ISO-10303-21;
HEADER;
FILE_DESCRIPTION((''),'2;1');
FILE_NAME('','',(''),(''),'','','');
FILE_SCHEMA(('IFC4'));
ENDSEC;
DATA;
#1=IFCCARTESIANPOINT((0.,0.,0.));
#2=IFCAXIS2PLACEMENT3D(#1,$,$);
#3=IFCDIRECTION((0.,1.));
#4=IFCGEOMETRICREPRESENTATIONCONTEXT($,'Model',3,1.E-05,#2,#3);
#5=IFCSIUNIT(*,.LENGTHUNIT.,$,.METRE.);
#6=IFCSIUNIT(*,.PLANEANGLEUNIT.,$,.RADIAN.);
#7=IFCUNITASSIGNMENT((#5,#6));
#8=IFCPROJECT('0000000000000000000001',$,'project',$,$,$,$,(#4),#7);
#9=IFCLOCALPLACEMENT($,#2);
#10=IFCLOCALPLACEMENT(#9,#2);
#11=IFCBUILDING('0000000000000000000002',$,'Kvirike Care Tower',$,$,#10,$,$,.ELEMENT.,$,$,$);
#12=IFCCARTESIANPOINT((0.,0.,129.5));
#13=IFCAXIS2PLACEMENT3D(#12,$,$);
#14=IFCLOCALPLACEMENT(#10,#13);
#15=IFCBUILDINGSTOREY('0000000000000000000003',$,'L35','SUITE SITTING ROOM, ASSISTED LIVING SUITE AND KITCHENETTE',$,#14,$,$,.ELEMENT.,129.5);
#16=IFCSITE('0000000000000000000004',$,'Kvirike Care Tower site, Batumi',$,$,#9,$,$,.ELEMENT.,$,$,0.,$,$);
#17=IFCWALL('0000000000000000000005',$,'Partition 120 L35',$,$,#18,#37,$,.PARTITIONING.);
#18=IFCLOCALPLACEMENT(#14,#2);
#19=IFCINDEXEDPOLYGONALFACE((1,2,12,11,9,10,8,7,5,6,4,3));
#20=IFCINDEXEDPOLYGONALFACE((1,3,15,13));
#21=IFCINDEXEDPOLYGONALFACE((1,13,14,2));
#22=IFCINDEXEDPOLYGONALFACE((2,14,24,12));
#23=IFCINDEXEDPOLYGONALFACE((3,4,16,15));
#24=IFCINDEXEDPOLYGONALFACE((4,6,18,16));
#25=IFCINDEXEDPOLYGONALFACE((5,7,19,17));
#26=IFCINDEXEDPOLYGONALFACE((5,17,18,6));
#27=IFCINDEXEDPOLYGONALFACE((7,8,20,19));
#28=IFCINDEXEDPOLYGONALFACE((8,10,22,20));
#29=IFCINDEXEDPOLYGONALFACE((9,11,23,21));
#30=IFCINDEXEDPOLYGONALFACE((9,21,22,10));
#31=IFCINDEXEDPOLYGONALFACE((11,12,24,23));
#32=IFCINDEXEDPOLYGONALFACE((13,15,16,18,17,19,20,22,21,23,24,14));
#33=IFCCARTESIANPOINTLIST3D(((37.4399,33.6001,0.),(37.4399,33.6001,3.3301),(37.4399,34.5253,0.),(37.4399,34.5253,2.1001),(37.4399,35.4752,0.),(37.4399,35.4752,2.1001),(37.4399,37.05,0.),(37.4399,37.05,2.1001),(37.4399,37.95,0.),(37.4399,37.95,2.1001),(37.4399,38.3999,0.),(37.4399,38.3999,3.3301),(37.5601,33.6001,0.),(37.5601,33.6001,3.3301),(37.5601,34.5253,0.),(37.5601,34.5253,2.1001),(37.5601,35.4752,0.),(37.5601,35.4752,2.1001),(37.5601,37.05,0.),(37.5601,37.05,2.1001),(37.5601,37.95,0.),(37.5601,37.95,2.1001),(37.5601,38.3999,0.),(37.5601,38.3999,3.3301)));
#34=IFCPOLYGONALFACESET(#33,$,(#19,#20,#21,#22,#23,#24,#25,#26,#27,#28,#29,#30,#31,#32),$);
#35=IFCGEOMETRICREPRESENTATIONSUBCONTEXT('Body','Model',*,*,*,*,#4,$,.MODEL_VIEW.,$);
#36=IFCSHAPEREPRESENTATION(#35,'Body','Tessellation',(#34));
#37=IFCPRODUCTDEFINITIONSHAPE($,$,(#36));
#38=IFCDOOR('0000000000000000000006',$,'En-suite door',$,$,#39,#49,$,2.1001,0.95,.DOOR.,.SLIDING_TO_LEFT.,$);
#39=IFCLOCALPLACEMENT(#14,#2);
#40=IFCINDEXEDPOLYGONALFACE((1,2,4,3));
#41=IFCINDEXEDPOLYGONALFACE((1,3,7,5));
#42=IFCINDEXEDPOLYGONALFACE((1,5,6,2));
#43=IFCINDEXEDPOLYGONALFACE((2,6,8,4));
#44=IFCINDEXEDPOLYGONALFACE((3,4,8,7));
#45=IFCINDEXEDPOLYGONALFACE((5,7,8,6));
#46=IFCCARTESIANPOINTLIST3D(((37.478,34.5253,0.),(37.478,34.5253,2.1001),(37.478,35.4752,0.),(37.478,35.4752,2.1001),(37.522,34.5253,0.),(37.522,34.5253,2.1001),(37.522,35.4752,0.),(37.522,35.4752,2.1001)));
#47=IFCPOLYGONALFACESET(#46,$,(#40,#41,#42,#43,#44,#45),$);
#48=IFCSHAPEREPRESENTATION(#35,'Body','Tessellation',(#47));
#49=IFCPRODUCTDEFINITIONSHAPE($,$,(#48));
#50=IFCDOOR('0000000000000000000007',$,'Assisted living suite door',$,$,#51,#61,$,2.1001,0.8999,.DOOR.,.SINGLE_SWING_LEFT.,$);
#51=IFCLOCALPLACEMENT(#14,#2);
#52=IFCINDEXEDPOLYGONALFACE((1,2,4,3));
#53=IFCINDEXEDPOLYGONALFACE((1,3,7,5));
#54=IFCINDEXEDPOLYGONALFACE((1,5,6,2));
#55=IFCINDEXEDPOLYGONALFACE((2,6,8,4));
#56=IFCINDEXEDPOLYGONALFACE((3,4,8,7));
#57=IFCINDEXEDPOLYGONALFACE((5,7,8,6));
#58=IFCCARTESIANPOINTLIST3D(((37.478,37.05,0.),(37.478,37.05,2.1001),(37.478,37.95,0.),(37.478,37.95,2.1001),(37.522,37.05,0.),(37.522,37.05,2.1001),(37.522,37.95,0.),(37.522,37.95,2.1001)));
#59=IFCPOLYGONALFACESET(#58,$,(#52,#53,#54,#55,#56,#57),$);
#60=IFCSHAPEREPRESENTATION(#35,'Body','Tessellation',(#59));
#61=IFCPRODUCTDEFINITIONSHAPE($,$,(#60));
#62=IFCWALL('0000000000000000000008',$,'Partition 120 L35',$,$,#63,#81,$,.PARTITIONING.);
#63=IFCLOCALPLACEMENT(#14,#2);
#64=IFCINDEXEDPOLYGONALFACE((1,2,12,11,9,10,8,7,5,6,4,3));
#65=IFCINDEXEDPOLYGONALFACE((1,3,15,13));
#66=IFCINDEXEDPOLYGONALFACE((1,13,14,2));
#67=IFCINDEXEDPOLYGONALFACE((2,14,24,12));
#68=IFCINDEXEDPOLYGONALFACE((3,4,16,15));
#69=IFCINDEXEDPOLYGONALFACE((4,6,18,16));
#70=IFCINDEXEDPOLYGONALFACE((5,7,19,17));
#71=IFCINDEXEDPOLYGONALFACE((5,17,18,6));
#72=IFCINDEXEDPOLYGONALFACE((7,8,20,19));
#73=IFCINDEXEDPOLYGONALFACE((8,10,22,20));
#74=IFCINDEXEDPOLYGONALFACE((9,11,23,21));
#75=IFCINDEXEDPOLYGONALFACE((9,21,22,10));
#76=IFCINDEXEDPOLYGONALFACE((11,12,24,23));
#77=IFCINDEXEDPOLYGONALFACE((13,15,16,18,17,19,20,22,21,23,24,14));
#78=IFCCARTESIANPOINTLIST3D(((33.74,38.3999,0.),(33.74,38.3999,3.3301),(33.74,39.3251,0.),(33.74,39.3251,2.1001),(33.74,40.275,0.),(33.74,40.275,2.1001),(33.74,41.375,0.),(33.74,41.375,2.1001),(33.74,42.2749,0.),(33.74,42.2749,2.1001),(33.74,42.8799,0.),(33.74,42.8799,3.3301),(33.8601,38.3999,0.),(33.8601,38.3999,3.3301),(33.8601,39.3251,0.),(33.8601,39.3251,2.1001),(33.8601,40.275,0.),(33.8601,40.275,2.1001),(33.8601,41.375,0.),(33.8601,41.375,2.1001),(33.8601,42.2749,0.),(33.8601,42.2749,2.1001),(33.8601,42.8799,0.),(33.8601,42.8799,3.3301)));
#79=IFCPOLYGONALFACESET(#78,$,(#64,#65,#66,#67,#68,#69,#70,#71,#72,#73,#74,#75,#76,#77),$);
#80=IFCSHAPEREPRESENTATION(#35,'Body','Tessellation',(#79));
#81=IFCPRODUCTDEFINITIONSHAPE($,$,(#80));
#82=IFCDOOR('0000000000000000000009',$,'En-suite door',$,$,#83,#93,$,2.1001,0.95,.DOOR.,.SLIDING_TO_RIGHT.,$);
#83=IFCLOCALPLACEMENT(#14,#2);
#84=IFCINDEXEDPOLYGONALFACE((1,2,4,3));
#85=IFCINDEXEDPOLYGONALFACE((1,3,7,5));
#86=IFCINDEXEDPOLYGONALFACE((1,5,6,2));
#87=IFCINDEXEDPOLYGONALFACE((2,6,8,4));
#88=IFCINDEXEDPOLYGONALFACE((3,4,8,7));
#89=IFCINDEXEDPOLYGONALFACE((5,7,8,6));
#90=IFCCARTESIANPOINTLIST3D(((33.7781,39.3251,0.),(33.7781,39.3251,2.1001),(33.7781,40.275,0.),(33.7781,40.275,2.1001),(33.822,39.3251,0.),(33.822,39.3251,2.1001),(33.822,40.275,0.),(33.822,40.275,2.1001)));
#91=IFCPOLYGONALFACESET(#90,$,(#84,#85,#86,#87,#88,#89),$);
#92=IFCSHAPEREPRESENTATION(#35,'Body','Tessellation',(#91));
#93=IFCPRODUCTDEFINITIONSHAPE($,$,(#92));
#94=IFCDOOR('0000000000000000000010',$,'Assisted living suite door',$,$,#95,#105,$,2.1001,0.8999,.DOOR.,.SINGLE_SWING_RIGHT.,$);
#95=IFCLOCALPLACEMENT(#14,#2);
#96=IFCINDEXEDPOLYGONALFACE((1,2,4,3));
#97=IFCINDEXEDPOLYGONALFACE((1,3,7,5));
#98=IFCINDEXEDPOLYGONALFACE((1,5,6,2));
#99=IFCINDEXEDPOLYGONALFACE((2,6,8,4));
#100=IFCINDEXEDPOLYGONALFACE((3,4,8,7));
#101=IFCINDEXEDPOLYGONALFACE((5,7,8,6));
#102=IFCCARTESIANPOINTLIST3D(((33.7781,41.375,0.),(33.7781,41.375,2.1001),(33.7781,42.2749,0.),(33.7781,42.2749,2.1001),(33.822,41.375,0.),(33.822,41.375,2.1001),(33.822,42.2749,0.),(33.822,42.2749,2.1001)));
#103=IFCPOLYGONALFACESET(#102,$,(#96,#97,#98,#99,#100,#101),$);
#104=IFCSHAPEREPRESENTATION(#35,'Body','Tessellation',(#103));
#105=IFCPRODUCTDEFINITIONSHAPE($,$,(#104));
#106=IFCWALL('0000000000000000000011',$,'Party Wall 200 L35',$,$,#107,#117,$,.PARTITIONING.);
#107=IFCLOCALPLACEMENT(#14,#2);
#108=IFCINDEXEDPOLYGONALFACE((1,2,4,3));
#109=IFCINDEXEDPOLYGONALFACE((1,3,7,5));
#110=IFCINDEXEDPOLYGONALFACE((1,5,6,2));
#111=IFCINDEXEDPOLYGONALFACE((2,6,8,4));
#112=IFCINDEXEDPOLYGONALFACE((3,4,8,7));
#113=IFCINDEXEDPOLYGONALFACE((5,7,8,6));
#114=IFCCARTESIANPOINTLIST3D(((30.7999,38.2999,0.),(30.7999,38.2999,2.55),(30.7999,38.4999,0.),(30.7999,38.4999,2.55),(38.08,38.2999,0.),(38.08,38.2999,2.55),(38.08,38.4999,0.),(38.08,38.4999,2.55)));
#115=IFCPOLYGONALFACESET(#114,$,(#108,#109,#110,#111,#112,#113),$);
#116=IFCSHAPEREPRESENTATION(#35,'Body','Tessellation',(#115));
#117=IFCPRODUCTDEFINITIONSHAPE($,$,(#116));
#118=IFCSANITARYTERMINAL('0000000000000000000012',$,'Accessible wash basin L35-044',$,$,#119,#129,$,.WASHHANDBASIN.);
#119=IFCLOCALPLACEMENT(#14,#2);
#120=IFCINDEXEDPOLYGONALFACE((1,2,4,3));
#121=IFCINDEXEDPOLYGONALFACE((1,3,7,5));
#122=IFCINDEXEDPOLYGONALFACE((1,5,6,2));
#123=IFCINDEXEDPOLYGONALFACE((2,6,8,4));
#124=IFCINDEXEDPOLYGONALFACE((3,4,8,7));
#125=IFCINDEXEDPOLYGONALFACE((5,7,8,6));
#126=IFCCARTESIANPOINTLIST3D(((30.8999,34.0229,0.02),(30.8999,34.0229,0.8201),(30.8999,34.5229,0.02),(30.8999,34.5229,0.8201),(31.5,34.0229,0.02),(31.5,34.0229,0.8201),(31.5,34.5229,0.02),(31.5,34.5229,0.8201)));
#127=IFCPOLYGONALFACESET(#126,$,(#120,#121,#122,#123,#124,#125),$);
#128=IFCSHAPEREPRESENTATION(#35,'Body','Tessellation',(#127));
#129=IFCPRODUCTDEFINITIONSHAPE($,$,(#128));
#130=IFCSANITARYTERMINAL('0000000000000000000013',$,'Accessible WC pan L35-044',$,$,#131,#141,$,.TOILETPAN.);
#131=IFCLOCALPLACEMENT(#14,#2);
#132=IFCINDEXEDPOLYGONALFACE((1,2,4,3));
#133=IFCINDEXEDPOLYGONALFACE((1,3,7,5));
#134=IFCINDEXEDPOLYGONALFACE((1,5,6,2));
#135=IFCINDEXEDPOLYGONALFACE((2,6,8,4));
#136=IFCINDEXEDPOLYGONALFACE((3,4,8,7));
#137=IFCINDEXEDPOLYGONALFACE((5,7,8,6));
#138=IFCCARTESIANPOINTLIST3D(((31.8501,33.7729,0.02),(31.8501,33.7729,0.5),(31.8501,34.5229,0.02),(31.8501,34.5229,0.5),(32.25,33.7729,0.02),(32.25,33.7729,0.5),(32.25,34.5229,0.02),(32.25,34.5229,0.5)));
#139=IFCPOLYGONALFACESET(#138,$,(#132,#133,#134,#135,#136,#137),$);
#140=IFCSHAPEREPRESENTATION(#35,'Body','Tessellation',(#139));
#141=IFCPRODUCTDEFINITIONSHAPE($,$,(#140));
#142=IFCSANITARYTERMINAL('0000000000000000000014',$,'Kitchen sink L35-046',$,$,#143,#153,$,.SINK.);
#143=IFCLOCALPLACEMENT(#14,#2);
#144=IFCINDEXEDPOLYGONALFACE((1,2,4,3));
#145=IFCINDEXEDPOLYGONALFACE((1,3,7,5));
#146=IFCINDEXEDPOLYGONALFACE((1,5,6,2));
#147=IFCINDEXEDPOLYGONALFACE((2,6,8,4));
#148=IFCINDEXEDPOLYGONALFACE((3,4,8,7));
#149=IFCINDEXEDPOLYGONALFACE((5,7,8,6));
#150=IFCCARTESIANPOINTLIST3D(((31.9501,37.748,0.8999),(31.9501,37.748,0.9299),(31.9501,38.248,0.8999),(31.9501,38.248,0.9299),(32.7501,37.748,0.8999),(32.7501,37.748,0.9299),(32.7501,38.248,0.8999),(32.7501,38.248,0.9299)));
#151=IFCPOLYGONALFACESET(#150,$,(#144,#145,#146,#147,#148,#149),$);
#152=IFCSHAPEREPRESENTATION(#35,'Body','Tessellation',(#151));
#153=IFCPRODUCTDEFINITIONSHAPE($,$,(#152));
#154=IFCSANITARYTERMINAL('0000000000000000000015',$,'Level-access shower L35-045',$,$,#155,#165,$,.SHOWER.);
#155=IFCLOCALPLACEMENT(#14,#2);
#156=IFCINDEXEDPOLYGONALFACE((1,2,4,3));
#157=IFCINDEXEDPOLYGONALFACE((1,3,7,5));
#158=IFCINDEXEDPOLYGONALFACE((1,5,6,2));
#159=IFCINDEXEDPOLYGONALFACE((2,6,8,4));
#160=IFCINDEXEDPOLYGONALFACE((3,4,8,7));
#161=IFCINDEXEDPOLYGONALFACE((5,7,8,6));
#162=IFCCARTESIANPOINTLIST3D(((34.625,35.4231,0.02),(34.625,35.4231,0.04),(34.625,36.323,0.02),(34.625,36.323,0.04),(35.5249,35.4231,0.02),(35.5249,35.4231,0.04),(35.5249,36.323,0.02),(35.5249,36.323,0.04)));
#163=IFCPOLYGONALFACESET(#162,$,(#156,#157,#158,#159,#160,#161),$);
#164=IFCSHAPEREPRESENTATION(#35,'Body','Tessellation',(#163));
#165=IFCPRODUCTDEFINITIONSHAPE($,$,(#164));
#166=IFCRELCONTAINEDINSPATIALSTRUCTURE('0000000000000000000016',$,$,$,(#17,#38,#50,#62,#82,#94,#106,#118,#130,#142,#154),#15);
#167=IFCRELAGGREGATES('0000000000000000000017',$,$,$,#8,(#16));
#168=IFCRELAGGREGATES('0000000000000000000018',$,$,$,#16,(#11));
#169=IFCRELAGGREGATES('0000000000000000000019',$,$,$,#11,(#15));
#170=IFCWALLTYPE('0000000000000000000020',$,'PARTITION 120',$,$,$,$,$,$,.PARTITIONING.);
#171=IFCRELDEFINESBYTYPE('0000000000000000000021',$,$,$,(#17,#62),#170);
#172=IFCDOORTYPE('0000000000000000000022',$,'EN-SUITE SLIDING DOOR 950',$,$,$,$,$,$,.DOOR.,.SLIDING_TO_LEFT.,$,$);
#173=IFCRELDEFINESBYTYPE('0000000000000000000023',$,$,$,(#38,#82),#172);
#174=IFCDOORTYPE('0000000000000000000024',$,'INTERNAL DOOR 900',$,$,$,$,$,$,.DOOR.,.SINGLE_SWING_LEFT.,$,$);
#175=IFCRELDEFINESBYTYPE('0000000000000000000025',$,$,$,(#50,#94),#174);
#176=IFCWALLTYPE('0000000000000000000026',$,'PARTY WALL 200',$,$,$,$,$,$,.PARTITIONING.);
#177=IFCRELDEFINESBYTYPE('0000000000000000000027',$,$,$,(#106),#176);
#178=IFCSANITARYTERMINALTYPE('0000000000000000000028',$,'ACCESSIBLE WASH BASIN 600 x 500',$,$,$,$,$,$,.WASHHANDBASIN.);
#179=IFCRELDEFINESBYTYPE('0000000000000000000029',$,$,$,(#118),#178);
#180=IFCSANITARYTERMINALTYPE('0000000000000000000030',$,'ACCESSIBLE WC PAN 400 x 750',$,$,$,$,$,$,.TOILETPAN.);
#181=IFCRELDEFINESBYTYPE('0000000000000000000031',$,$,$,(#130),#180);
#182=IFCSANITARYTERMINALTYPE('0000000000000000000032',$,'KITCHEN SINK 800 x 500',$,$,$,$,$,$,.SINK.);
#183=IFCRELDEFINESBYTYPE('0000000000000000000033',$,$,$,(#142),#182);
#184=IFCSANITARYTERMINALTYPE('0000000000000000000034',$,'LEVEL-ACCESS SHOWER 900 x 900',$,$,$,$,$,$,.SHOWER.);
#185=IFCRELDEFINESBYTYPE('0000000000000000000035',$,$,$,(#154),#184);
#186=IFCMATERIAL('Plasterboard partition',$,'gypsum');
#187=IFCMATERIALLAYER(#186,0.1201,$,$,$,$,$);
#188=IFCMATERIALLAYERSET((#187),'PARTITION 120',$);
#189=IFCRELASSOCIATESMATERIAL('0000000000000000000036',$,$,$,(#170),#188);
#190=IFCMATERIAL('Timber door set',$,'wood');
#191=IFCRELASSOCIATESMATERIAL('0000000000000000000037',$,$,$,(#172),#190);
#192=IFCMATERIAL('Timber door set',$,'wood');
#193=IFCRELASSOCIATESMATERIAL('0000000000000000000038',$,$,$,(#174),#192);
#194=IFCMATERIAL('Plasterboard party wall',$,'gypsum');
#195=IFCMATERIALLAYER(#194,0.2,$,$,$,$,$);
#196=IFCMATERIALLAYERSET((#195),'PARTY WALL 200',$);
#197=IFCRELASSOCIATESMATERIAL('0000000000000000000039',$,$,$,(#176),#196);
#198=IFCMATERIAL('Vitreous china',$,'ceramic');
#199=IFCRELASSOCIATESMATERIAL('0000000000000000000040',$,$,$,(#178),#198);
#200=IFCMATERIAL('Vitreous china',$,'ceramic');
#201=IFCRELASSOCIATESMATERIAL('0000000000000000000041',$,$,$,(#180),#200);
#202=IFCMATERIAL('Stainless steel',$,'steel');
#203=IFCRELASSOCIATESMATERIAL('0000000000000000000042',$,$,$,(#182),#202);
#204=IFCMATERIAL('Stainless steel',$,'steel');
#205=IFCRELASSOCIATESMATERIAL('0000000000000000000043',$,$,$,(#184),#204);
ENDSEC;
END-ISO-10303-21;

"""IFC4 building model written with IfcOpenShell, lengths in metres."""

from ifc_helpers import new_model, si_unit, direction, frame, frame_2d, origin, origin_2d, place, context, subcontext, project, spatial, rectangle, extrude, material, layer, layer_set, type_object, element, fill, save


model = new_model("IFC4")

# Units and contexts
model_context = context("Model", 3, precision=1e-05, world=origin(), true_north=direction((0.0, 1.0)))
body_context = subcontext(model_context, "Body", "Model", "MODEL_VIEW")
ifc_project = project(units=[si_unit("LENGTHUNIT", "METRE"), si_unit("PLANEANGLEUNIT", "RADIAN")], contexts=[model_context])

# Site, building, storey
site_placement = place(None, origin())
site = spatial("IfcSite", under=ifc_project, at=site_placement, Name="Kvirike Care Tower site, Batumi", CompositionType="ELEMENT", RefElevation=0.0)
building_placement = place(site_placement, origin())
building = spatial("IfcBuilding", under=site, at=building_placement, Name="Kvirike Care Tower", CompositionType="ELEMENT")
storey_placement = place(building_placement, frame((0.0, 0.0, 129.5)))
storey = spatial("IfcBuildingStorey", under=building, at=storey_placement, Name="L35", Description="SUITE SITTING ROOM, ASSISTED LIVING SUITE AND KITCHENETTE", CompositionType="ELEMENT", Elevation=129.5)

# Walls, openings, doors
ifc_material_1 = material(Name="Plasterboard partition", Category="gypsum")
ifc_layer_1 = layer(ifc_material_1, 0.1201)
ifc_layer_set_1 = layer_set([ifc_layer_1], Name="PARTITION 120")
wall_type_1 = type_object("IfcWallType", Name="PARTITION 120", PredefinedType="PARTITIONING", material=ifc_layer_set_1)
wall_1_placement = place(storey_placement, frame((37.5, 33.6001, 0.0), z_axis=(0.0, 0.0, 1.0), x_axis=(0.0, 1.0, 0.0)))
wall_1 = element("IfcWall", 1, at=wall_1_placement, inside=storey, type_object=wall_type_1, Name="Partition 120 L35", PredefinedType="PARTITIONING", context=body_context, shape_type="SweptSolid", body=[
    extrude(rectangle(XDim=4.7998, YDim=0.1201, at=frame_2d((2.3999, 0.0))), origin(), (0.0, 0.0, 1.0), 3.3301),
])
opening_1_placement = place(wall_1_placement, frame((3.45, 0.0, 0.0)))
opening_1 = element("IfcOpeningElement", 2, at=opening_1_placement, cuts=wall_1, PredefinedType="OPENING", context=body_context, shape_type="SweptSolid", body=[
    extrude(rectangle(XDim=0.8999, YDim=2.1001, at=frame_2d((0.45, 1.05))), frame((0.0, 0.0706, 0.0), z_axis=(0.0, -1.0, 0.0), x_axis=(1.0, 0.0, 0.0)), (0.0, 0.0, 1.0), 0.1411),
])
opening_2_placement = place(wall_1_placement, frame((0.925, 0.0, 0.0)))
opening_2 = element("IfcOpeningElement", 3, at=opening_2_placement, cuts=wall_1, PredefinedType="OPENING", context=body_context, shape_type="SweptSolid", body=[
    extrude(rectangle(XDim=0.95, YDim=2.1001, at=frame_2d((0.4751, 1.05))), frame((0.0, 0.0706, 0.0), z_axis=(0.0, -1.0, 0.0), x_axis=(1.0, 0.0, 0.0)), (0.0, 0.0, 1.0), 0.1411),
])
ifc_material_2 = material(Name="Timber door set", Category="wood")
door_type_1 = type_object("IfcDoorType", Name="EN-SUITE SLIDING DOOR 950", OperationType="SLIDING_TO_LEFT", PredefinedType="DOOR", material=ifc_material_2)
door_1_placement = place(opening_2_placement, origin())
door_1 = element("IfcDoor", 4, at=door_1_placement, inside=storey, type_object=door_type_1, Name="En-suite door", OperationType="SLIDING_TO_LEFT", OverallHeight=2.1001, OverallWidth=0.95, PredefinedType="DOOR", context=body_context, shape_type="SweptSolid", body=[
    extrude(rectangle(XDim=0.95, YDim=2.1001, at=frame_2d((0.4751, 1.05))), frame((0.0, 0.022, 0.0), z_axis=(0.0, -1.0, 0.0), x_axis=(1.0, 0.0, 0.0)), (0.0, 0.0, 1.0), 0.0439),
])
fill(opening_2, door_1)
ifc_material_3 = material(Name="Timber door set", Category="wood")
door_type_2 = type_object("IfcDoorType", Name="INTERNAL DOOR 900", OperationType="SINGLE_SWING_LEFT", PredefinedType="DOOR", material=ifc_material_3)
door_2_placement = place(opening_1_placement, origin())
door_2 = element("IfcDoor", 5, at=door_2_placement, inside=storey, type_object=door_type_2, Name="Assisted living suite door", OperationType="SINGLE_SWING_LEFT", OverallHeight=2.1001, OverallWidth=0.8999, PredefinedType="DOOR", context=body_context, shape_type="SweptSolid", body=[
    extrude(rectangle(XDim=0.8999, YDim=2.1001, at=frame_2d((0.45, 1.05))), frame((0.0, 0.022, 0.0), z_axis=(0.0, -1.0, 0.0), x_axis=(1.0, 0.0, 0.0)), (0.0, 0.0, 1.0), 0.0439),
])
fill(opening_1, door_2)
wall_2_placement = place(storey_placement, frame((33.8, 38.3999, 0.0), z_axis=(0.0, 0.0, 1.0), x_axis=(0.0, 1.0, 0.0)))
wall_2 = element("IfcWall", 6, at=wall_2_placement, inside=storey, type_object=wall_type_1, Name="Partition 120 L35", PredefinedType="PARTITIONING", context=body_context, shape_type="SweptSolid", body=[
    extrude(rectangle(XDim=4.48, YDim=0.1201, at=frame_2d((2.24, 0.0))), origin(), (0.0, 0.0, 1.0), 3.3301),
])
opening_3_placement = place(wall_2_placement, frame((2.9751, 0.0, 0.0)))
opening_3 = element("IfcOpeningElement", 7, at=opening_3_placement, cuts=wall_2, PredefinedType="OPENING", context=body_context, shape_type="SweptSolid", body=[
    extrude(rectangle(XDim=0.8999, YDim=2.1001, at=frame_2d((0.45, 1.05))), frame((0.0, 0.0706, 0.0), z_axis=(0.0, -1.0, 0.0), x_axis=(1.0, 0.0, 0.0)), (0.0, 0.0, 1.0), 0.1411),
])
opening_4_placement = place(wall_2_placement, frame((0.925, 0.0, 0.0)))
opening_4 = element("IfcOpeningElement", 8, at=opening_4_placement, cuts=wall_2, PredefinedType="OPENING", context=body_context, shape_type="SweptSolid", body=[
    extrude(rectangle(XDim=0.95, YDim=2.1001, at=frame_2d((0.4751, 1.05))), frame((0.0, 0.0706, 0.0), z_axis=(0.0, -1.0, 0.0), x_axis=(1.0, 0.0, 0.0)), (0.0, 0.0, 1.0), 0.1411),
])
door_3_placement = place(opening_4_placement, origin())
door_3 = element("IfcDoor", 9, at=door_3_placement, inside=storey, type_object=door_type_1, Name="En-suite door", OperationType="SLIDING_TO_RIGHT", OverallHeight=2.1001, OverallWidth=0.95, PredefinedType="DOOR", context=body_context, shape_type="SweptSolid", body=[
    extrude(rectangle(XDim=0.95, YDim=2.1001, at=frame_2d((0.4751, 1.05))), frame((0.0, 0.022, 0.0), z_axis=(0.0, -1.0, 0.0), x_axis=(1.0, 0.0, 0.0)), (0.0, 0.0, 1.0), 0.0439),
])
fill(opening_4, door_3)
door_4_placement = place(opening_3_placement, origin())
door_4 = element("IfcDoor", 10, at=door_4_placement, inside=storey, type_object=door_type_2, Name="Assisted living suite door", OperationType="SINGLE_SWING_RIGHT", OverallHeight=2.1001, OverallWidth=0.8999, PredefinedType="DOOR", context=body_context, shape_type="SweptSolid", body=[
    extrude(rectangle(XDim=0.8999, YDim=2.1001, at=frame_2d((0.45, 1.05))), frame((0.0, 0.022, 0.0), z_axis=(0.0, -1.0, 0.0), x_axis=(1.0, 0.0, 0.0)), (0.0, 0.0, 1.0), 0.0439),
])
fill(opening_3, door_4)

# Wall
ifc_material_4 = material(Name="Plasterboard party wall", Category="gypsum")
ifc_layer_2 = layer(ifc_material_4, 0.2)
ifc_layer_set_2 = layer_set([ifc_layer_2], Name="PARTY WALL 200")
wall_type_2 = type_object("IfcWallType", Name="PARTY WALL 200", PredefinedType="PARTITIONING", material=ifc_layer_set_2)
wall_3_placement = place(storey_placement, frame((38.0801, 38.3999, 0.0), z_axis=(0.0, 0.0, 1.0), x_axis=(-1.0, 0.0, 0.0)))
element("IfcWall", 11, at=wall_3_placement, inside=storey, type_object=wall_type_2, Name="Party Wall 200 L35", PredefinedType="PARTITIONING", context=body_context, shape_type="SweptSolid", body=[
    extrude(rectangle(XDim=7.28, YDim=0.2, at=frame_2d((3.6401, 0.0))), origin(), (0.0, 0.0, 1.0), 2.55),
])

# Sanitary terminals
ifc_material_5 = material(Name="Vitreous china", Category="ceramic")
sanitary_terminal_type_1 = type_object("IfcSanitaryTerminalType", Name="ACCESSIBLE WASH BASIN 600 x 500", PredefinedType="WASHHANDBASIN", material=ifc_material_5)
sanitary_terminal_1_placement = place(storey_placement, frame((31.2, 34.2729, 0.02), z_axis=(0.0, 0.0, 1.0), x_axis=(1.0, 0.0, 0.0)))
element("IfcSanitaryTerminal", 12, at=sanitary_terminal_1_placement, inside=storey, type_object=sanitary_terminal_type_1, Name="Accessible wash basin L35-044", PredefinedType="WASHHANDBASIN", context=body_context, shape_type="SweptSolid", body=[
    extrude(rectangle(XDim=0.6001, YDim=0.5, at=origin_2d()), origin(), (0.0, 0.0, 1.0), 0.8),
])
ifc_material_6 = material(Name="Vitreous china", Category="ceramic")
sanitary_terminal_type_2 = type_object("IfcSanitaryTerminalType", Name="ACCESSIBLE WC PAN 400 x 750", PredefinedType="TOILETPAN", material=ifc_material_6)
sanitary_terminal_2_placement = place(storey_placement, frame((32.05, 34.1479, 0.02), z_axis=(0.0, 0.0, 1.0), x_axis=(1.0, 0.0, 0.0)))
element("IfcSanitaryTerminal", 13, at=sanitary_terminal_2_placement, inside=storey, type_object=sanitary_terminal_type_2, Name="Accessible WC pan L35-044", PredefinedType="TOILETPAN", context=body_context, shape_type="SweptSolid", body=[
    extrude(rectangle(XDim=0.3999, YDim=0.75, at=origin_2d()), origin(), (0.0, 0.0, 1.0), 0.48),
])
ifc_material_7 = material(Name="Stainless steel", Category="steel")
sanitary_terminal_type_3 = type_object("IfcSanitaryTerminalType", Name="KITCHEN SINK 800 x 500", PredefinedType="SINK", material=ifc_material_7)
sanitary_terminal_3_placement = place(storey_placement, frame((32.3501, 37.998, 0.8999), z_axis=(0.0, 0.0, 1.0), x_axis=(1.0, 0.0, 0.0)))
element("IfcSanitaryTerminal", 14, at=sanitary_terminal_3_placement, inside=storey, type_object=sanitary_terminal_type_3, Name="Kitchen sink L35-046", PredefinedType="SINK", context=body_context, shape_type="SweptSolid", body=[
    extrude(rectangle(XDim=0.8, YDim=0.5, at=origin_2d()), origin(), (0.0, 0.0, 1.0), 0.03),
])
ifc_material_8 = material(Name="Stainless steel", Category="steel")
sanitary_terminal_type_4 = type_object("IfcSanitaryTerminalType", Name="LEVEL-ACCESS SHOWER 900 x 900", PredefinedType="SHOWER", material=ifc_material_8)
sanitary_terminal_4_placement = place(storey_placement, frame((35.075, 35.873, 0.02), z_axis=(0.0, 0.0, 1.0), x_axis=(1.0, 0.0, 0.0)))
element("IfcSanitaryTerminal", 15, at=sanitary_terminal_4_placement, inside=storey, type_object=sanitary_terminal_type_4, Name="Level-access shower L35-045", PredefinedType="SHOWER", context=body_context, shape_type="SweptSolid", body=[
    extrude(rectangle(XDim=0.8999, YDim=0.8999, at=origin_2d()), origin(), (0.0, 0.0, 1.0), 0.02),
])

save(model, "model.ifc")
